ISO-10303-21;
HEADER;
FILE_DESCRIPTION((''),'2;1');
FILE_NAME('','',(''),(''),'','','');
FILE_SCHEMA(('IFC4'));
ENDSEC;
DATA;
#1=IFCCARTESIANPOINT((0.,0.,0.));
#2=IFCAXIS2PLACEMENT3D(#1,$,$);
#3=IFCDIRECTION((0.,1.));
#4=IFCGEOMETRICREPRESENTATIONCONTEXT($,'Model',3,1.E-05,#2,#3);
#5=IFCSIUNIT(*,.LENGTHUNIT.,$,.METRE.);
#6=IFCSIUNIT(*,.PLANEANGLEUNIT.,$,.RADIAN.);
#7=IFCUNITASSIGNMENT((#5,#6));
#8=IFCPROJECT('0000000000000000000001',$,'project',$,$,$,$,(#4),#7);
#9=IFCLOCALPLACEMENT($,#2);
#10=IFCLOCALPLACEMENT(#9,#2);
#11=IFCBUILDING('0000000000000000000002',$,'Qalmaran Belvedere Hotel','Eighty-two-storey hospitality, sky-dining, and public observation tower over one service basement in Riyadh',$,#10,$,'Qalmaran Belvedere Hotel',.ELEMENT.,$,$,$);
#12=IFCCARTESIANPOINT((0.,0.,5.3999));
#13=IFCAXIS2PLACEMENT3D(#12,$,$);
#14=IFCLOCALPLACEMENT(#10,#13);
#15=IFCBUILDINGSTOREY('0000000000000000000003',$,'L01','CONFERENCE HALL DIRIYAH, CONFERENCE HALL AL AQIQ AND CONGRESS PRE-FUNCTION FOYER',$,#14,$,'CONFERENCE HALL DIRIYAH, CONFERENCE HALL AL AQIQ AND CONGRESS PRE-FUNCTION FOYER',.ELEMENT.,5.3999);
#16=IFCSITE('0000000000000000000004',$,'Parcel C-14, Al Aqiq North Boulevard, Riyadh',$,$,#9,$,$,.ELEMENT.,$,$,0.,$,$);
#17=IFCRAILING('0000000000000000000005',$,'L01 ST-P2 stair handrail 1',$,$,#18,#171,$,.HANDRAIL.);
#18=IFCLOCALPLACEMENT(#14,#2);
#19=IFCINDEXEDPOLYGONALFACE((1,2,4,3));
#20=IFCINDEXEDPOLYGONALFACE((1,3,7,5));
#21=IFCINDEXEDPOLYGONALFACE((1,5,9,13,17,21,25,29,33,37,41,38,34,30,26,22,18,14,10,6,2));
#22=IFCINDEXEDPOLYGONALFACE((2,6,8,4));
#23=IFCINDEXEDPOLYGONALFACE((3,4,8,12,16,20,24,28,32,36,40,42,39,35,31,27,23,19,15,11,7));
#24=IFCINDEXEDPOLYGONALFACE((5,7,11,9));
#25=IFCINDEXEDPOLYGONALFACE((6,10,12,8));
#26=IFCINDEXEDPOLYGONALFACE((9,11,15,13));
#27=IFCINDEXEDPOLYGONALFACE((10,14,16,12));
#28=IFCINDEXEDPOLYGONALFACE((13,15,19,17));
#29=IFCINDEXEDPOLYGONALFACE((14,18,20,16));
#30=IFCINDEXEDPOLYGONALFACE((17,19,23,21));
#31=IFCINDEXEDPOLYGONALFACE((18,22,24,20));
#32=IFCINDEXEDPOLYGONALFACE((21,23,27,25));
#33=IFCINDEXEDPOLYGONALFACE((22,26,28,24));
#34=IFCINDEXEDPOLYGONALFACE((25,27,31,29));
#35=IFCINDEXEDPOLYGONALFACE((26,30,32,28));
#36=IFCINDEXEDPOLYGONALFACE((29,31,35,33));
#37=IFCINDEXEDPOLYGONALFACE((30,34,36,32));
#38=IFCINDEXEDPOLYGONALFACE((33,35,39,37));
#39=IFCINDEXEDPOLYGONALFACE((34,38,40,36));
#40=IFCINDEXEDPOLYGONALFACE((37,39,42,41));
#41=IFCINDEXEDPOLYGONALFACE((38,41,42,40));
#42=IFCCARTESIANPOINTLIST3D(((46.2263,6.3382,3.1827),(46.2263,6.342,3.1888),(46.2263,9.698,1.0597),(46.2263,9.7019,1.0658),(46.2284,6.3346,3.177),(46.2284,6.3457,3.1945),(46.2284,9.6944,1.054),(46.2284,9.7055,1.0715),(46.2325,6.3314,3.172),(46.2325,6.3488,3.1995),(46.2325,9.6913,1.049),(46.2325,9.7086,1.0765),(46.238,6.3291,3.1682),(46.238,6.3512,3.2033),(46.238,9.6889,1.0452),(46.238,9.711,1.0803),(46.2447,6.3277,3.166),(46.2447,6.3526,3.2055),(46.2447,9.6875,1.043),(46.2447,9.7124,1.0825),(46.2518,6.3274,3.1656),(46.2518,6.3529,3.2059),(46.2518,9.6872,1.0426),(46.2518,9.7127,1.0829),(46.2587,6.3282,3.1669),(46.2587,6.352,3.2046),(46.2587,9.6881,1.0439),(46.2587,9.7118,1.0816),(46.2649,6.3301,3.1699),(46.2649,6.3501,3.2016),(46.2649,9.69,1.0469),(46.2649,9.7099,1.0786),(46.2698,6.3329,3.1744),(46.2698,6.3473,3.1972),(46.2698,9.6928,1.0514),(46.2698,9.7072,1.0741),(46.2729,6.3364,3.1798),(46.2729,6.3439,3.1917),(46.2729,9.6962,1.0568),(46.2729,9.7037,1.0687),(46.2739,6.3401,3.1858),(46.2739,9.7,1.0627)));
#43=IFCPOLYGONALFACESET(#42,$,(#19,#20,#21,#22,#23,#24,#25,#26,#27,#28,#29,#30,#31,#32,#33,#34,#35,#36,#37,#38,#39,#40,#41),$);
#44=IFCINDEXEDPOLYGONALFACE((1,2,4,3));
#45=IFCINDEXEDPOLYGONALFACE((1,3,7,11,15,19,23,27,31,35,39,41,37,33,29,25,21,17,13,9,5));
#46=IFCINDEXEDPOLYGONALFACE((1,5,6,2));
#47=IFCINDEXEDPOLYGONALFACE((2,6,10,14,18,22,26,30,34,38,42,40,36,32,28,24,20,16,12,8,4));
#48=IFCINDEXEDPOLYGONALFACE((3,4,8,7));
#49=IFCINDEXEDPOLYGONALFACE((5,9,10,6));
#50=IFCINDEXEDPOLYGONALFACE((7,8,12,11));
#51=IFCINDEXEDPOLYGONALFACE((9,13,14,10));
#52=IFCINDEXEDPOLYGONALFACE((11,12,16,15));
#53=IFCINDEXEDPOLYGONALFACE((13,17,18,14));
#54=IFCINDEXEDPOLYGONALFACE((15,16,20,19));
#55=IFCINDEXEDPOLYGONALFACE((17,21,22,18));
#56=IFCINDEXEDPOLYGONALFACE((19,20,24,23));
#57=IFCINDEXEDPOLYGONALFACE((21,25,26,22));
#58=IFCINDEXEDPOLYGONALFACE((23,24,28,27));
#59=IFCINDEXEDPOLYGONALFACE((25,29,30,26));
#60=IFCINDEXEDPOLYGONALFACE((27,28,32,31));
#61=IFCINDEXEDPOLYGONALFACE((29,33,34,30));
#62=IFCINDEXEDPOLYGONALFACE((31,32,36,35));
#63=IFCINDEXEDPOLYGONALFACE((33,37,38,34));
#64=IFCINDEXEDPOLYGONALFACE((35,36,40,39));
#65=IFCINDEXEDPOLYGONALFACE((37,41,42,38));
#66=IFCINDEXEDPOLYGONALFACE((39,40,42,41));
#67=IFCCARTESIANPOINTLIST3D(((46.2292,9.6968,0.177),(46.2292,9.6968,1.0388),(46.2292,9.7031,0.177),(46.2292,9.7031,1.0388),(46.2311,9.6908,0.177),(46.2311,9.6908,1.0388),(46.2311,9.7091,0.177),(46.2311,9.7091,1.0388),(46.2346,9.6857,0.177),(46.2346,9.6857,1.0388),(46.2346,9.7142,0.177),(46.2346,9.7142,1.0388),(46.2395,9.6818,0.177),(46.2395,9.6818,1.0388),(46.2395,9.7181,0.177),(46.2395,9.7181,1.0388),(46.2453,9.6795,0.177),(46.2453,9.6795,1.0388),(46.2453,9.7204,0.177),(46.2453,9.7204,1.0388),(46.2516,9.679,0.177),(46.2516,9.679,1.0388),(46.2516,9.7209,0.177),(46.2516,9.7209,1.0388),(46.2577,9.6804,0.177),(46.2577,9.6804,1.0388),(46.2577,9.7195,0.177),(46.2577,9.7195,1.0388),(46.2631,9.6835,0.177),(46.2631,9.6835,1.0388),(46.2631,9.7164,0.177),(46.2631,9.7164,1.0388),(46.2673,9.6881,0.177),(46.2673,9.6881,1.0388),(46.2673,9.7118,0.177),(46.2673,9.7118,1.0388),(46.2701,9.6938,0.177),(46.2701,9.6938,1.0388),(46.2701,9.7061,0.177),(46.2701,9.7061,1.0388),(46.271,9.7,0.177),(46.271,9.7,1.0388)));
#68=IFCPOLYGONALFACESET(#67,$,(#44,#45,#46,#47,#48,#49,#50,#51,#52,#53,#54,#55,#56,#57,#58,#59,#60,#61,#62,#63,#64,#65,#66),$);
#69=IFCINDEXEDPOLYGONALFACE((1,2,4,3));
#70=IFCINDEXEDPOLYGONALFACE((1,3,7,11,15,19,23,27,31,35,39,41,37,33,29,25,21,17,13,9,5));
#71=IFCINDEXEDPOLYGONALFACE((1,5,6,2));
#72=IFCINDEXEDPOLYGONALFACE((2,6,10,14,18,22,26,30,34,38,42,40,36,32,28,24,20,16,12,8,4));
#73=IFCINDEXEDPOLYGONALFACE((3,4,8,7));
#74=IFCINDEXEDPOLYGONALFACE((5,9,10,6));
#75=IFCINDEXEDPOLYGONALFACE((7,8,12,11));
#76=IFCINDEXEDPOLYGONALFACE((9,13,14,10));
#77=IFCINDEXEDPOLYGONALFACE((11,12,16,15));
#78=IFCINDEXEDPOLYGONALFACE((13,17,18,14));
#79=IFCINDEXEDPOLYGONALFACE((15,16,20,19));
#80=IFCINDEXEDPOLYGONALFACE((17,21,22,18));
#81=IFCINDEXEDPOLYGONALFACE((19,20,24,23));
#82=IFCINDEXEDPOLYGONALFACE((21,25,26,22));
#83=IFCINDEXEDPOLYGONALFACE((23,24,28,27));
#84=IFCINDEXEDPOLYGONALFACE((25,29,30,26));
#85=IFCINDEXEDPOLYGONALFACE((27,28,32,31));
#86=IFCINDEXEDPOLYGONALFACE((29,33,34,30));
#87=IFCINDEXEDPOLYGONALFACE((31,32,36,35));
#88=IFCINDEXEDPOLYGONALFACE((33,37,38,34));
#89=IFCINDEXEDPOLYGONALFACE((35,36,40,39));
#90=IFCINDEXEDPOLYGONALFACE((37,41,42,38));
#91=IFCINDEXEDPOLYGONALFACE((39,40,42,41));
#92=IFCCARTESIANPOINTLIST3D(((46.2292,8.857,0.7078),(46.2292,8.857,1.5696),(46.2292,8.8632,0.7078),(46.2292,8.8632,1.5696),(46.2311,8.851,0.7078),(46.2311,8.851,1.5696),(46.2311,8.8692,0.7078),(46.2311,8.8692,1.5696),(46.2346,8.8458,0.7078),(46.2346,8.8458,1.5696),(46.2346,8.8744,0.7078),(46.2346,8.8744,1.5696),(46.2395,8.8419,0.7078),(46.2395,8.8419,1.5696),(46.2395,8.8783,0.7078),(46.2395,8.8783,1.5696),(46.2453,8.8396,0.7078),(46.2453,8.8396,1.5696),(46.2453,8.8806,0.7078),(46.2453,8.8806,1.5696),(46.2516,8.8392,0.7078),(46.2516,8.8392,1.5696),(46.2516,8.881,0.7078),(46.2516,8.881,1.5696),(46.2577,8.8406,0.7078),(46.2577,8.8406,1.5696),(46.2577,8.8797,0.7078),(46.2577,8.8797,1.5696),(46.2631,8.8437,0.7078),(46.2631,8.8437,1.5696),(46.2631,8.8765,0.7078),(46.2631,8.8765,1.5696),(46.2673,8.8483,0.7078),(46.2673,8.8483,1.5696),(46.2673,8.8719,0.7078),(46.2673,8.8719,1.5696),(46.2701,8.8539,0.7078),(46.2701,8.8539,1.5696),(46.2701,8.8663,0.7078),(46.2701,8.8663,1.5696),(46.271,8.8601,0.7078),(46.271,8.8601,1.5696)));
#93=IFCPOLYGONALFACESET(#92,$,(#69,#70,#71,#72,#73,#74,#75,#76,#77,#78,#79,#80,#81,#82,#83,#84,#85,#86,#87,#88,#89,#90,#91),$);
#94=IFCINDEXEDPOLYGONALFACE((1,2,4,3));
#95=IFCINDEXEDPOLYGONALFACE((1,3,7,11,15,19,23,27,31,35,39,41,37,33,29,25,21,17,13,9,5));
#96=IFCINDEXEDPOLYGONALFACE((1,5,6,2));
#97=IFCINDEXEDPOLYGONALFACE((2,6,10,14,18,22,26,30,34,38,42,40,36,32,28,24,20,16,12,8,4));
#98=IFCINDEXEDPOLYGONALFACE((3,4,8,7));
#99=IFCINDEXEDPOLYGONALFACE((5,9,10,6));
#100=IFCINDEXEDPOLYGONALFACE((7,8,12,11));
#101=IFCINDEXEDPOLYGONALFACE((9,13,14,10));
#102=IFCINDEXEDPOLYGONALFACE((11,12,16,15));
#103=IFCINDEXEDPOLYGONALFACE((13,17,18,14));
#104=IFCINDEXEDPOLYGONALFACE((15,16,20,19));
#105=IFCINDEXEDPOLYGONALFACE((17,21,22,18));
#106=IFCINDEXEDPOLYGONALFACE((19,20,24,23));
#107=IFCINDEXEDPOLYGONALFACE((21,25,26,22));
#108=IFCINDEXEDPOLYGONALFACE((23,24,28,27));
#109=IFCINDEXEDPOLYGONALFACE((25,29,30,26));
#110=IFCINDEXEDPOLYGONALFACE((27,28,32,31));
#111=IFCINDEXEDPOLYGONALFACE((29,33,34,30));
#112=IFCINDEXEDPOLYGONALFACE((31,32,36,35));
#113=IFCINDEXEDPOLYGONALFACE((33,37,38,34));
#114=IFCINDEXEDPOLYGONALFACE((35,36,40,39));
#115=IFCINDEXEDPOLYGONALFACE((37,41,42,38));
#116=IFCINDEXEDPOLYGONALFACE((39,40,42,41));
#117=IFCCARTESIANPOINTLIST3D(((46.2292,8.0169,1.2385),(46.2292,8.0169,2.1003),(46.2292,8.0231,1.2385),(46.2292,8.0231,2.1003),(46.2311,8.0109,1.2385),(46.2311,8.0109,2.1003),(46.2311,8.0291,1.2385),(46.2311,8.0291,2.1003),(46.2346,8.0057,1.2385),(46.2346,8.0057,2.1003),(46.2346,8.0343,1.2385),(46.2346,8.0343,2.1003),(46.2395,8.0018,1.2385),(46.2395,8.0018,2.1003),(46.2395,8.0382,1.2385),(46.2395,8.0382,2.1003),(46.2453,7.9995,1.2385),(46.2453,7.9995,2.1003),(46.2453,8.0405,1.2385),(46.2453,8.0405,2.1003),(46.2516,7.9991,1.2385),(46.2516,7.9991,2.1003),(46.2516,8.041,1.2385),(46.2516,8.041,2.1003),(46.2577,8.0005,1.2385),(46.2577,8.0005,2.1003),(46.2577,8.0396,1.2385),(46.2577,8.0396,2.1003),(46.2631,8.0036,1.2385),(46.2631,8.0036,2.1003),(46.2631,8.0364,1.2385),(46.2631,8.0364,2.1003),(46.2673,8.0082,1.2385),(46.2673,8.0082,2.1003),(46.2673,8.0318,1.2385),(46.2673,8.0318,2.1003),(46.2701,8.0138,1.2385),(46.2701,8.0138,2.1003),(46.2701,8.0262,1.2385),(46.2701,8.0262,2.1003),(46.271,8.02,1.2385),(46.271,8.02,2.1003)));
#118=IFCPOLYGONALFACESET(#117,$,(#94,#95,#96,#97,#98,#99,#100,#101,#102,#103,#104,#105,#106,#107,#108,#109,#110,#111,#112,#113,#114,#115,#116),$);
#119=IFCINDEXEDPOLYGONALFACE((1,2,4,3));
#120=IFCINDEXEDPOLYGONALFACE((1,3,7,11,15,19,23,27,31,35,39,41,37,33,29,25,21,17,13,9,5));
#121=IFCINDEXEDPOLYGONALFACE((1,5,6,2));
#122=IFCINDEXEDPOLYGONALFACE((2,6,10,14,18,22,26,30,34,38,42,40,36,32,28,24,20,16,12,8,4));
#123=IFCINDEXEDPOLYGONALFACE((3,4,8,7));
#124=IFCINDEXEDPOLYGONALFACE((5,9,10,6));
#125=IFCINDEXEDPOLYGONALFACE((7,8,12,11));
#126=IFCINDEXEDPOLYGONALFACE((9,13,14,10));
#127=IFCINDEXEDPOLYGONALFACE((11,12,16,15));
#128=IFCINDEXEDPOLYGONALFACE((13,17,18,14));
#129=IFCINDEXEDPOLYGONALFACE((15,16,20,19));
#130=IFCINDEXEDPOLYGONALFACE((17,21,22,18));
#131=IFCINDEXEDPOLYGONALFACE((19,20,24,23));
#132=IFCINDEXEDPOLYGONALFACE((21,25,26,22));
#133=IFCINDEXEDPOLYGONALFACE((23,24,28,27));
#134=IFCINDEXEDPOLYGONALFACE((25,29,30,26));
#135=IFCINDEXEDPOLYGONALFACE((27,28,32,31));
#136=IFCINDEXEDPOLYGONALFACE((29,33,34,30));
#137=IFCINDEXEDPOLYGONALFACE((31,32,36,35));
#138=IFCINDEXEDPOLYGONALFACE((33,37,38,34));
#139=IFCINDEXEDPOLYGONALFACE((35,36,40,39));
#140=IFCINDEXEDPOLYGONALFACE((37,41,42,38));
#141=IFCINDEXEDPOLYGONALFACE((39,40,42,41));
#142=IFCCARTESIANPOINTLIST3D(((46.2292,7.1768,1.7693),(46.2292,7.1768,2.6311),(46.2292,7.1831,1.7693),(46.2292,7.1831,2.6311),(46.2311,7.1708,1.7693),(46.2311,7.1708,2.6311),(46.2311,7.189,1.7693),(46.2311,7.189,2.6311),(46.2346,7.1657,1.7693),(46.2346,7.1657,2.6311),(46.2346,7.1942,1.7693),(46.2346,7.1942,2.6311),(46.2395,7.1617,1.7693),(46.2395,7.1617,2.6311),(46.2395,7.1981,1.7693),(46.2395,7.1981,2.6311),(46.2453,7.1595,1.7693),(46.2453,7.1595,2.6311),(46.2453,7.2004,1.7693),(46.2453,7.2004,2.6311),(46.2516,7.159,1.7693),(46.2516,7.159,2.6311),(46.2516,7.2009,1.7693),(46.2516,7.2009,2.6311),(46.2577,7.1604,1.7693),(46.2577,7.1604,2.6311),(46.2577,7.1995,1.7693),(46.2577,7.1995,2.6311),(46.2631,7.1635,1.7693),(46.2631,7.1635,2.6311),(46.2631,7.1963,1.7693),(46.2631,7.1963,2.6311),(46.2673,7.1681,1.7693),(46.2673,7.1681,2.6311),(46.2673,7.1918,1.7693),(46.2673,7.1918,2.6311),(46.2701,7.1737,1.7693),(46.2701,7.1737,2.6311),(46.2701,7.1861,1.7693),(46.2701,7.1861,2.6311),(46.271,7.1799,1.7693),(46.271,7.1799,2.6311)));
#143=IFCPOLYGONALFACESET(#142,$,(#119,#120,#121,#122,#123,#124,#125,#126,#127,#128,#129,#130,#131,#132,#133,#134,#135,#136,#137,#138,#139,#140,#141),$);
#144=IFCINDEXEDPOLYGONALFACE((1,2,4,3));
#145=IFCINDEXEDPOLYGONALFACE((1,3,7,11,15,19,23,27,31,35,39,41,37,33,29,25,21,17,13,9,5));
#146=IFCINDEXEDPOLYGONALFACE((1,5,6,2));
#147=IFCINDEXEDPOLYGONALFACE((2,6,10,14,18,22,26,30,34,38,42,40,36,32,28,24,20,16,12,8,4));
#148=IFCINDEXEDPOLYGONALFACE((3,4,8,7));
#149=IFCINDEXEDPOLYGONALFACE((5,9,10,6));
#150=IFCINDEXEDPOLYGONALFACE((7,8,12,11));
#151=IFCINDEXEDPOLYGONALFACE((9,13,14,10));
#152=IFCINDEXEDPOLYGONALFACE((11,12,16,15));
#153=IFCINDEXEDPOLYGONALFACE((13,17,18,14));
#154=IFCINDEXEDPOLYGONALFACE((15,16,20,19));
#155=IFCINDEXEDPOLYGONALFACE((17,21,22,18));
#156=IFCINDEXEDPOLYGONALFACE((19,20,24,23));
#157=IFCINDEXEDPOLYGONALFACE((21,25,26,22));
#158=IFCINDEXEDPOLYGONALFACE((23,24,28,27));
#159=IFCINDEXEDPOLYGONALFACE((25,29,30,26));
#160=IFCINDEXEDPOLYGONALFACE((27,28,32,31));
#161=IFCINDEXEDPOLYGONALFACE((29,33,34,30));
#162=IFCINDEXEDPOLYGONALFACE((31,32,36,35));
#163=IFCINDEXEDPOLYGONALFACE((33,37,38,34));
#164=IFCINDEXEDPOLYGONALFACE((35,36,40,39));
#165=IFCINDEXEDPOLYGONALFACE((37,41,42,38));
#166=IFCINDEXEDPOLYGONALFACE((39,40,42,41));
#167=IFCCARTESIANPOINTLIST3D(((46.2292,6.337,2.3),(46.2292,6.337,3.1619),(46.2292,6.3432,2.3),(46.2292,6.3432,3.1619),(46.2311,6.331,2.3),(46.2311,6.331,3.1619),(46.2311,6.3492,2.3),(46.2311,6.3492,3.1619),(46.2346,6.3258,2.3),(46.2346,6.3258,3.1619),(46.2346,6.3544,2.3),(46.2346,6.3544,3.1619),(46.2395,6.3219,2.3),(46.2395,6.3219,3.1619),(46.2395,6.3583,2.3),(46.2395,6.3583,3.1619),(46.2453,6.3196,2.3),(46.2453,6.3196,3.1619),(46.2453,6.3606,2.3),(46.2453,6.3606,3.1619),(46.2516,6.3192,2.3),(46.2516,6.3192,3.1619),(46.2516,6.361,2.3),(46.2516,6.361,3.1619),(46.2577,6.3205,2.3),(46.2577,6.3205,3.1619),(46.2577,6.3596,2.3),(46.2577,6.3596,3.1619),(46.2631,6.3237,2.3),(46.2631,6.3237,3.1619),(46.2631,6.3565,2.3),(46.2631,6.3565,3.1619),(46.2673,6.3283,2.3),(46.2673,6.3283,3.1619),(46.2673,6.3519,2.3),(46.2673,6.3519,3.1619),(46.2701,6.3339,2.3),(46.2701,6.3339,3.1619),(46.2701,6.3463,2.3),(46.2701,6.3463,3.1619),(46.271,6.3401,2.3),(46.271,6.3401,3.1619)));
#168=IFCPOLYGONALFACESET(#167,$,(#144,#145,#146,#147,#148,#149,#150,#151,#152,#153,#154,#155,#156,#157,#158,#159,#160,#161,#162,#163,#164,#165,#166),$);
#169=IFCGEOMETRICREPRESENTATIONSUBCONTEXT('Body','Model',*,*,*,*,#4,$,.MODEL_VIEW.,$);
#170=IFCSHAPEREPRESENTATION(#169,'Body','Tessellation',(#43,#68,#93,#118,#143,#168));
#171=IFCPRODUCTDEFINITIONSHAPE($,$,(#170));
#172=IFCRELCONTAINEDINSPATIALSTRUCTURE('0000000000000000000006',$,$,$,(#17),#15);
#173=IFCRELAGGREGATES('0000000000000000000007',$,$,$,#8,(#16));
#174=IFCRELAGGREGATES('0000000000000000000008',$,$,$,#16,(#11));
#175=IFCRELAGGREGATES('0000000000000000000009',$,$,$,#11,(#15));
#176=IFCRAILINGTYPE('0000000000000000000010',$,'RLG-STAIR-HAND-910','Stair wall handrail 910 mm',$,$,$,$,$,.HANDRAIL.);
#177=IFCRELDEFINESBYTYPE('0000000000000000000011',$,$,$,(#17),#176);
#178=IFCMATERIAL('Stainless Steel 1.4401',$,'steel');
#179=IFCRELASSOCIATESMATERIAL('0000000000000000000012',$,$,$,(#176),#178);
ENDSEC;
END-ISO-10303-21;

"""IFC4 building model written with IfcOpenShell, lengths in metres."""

from ifc_helpers import new_model, si_unit, direction, frame, origin, origin_2d, place, context, subcontext, project, spatial, circle, extrude, material, type_object, element, save


model = new_model("IFC4")

# Units and contexts
model_context = context("Model", 3, precision=1e-05, world=origin(), true_north=direction((0.0, 1.0)))
body_context = subcontext(model_context, "Body", "Model", "MODEL_VIEW")
ifc_project = project(units=[si_unit("LENGTHUNIT", "METRE"), si_unit("PLANEANGLEUNIT", "RADIAN")], contexts=[model_context])

# Site, building, storey
site_placement = place(None, origin())
site = spatial("IfcSite", under=ifc_project, at=site_placement, Name="Parcel C-14, Al Aqiq North Boulevard, Riyadh", CompositionType="ELEMENT", RefElevation=0.0)
building_placement = place(site_placement, origin())
building = spatial("IfcBuilding", under=site, at=building_placement, Name="Qalmaran Belvedere Hotel", Description="Eighty-two-storey hospitality, sky-dining, and public observation tower over one service basement in Riyadh", LongName="Qalmaran Belvedere Hotel", CompositionType="ELEMENT")
storey_placement = place(building_placement, frame((0.0, 0.0, 5.3999)))
storey = spatial("IfcBuildingStorey", under=building, at=storey_placement, Name="L01", Description="CONFERENCE HALL DIRIYAH, CONFERENCE HALL AL AQIQ AND CONGRESS PRE-FUNCTION FOYER", LongName="CONFERENCE HALL DIRIYAH, CONFERENCE HALL AL AQIQ AND CONGRESS PRE-FUNCTION FOYER", CompositionType="ELEMENT", Elevation=5.3999)

# Railing
ifc_material_1 = material(Name="Stainless Steel 1.4401", Category="steel")
railing_type_1 = type_object("IfcRailingType", Name="RLG-STAIR-HAND-910", Description="Stair wall handrail 910 mm", PredefinedType="HANDRAIL", material=ifc_material_1)
railing_1_placement = place(storey_placement, frame((46.25, 9.7, 0.177)))
element("IfcRailing", 1, at=railing_1_placement, inside=storey, type_object=railing_type_1, Name="L01 ST-P2 stair handrail 1", PredefinedType="HANDRAIL", context=body_context, shape_type="SweptSolid", body=[
    extrude(circle(Radius=0.0239, at=origin_2d()), frame((0.0, 0.0, 0.8857), z_axis=(0.0, -0.845372, 0.534178), x_axis=(1.0, 0.0, 0.0)), (0.0, 0.0, 1.0), 3.9744),
    extrude(circle(Radius=0.021, at=origin_2d()), origin(), (0.0, 0.0, 1.0), 0.8618),
    extrude(circle(Radius=0.021, at=origin_2d()), frame((0.0, -0.8398, 0.5308)), (0.0, 0.0, 1.0), 0.8618),
    extrude(circle(Radius=0.021, at=origin_2d()), frame((0.0, -1.6799, 1.0615)), (0.0, 0.0, 1.0), 0.8618),
    extrude(circle(Radius=0.021, at=origin_2d()), frame((0.0, -2.52, 1.5923)), (0.0, 0.0, 1.0), 0.8618),
    extrude(circle(Radius=0.021, at=origin_2d()), frame((0.0, -3.3599, 2.123)), (0.0, 0.0, 1.0), 0.8618),
])

save(model, "model.ifc")
